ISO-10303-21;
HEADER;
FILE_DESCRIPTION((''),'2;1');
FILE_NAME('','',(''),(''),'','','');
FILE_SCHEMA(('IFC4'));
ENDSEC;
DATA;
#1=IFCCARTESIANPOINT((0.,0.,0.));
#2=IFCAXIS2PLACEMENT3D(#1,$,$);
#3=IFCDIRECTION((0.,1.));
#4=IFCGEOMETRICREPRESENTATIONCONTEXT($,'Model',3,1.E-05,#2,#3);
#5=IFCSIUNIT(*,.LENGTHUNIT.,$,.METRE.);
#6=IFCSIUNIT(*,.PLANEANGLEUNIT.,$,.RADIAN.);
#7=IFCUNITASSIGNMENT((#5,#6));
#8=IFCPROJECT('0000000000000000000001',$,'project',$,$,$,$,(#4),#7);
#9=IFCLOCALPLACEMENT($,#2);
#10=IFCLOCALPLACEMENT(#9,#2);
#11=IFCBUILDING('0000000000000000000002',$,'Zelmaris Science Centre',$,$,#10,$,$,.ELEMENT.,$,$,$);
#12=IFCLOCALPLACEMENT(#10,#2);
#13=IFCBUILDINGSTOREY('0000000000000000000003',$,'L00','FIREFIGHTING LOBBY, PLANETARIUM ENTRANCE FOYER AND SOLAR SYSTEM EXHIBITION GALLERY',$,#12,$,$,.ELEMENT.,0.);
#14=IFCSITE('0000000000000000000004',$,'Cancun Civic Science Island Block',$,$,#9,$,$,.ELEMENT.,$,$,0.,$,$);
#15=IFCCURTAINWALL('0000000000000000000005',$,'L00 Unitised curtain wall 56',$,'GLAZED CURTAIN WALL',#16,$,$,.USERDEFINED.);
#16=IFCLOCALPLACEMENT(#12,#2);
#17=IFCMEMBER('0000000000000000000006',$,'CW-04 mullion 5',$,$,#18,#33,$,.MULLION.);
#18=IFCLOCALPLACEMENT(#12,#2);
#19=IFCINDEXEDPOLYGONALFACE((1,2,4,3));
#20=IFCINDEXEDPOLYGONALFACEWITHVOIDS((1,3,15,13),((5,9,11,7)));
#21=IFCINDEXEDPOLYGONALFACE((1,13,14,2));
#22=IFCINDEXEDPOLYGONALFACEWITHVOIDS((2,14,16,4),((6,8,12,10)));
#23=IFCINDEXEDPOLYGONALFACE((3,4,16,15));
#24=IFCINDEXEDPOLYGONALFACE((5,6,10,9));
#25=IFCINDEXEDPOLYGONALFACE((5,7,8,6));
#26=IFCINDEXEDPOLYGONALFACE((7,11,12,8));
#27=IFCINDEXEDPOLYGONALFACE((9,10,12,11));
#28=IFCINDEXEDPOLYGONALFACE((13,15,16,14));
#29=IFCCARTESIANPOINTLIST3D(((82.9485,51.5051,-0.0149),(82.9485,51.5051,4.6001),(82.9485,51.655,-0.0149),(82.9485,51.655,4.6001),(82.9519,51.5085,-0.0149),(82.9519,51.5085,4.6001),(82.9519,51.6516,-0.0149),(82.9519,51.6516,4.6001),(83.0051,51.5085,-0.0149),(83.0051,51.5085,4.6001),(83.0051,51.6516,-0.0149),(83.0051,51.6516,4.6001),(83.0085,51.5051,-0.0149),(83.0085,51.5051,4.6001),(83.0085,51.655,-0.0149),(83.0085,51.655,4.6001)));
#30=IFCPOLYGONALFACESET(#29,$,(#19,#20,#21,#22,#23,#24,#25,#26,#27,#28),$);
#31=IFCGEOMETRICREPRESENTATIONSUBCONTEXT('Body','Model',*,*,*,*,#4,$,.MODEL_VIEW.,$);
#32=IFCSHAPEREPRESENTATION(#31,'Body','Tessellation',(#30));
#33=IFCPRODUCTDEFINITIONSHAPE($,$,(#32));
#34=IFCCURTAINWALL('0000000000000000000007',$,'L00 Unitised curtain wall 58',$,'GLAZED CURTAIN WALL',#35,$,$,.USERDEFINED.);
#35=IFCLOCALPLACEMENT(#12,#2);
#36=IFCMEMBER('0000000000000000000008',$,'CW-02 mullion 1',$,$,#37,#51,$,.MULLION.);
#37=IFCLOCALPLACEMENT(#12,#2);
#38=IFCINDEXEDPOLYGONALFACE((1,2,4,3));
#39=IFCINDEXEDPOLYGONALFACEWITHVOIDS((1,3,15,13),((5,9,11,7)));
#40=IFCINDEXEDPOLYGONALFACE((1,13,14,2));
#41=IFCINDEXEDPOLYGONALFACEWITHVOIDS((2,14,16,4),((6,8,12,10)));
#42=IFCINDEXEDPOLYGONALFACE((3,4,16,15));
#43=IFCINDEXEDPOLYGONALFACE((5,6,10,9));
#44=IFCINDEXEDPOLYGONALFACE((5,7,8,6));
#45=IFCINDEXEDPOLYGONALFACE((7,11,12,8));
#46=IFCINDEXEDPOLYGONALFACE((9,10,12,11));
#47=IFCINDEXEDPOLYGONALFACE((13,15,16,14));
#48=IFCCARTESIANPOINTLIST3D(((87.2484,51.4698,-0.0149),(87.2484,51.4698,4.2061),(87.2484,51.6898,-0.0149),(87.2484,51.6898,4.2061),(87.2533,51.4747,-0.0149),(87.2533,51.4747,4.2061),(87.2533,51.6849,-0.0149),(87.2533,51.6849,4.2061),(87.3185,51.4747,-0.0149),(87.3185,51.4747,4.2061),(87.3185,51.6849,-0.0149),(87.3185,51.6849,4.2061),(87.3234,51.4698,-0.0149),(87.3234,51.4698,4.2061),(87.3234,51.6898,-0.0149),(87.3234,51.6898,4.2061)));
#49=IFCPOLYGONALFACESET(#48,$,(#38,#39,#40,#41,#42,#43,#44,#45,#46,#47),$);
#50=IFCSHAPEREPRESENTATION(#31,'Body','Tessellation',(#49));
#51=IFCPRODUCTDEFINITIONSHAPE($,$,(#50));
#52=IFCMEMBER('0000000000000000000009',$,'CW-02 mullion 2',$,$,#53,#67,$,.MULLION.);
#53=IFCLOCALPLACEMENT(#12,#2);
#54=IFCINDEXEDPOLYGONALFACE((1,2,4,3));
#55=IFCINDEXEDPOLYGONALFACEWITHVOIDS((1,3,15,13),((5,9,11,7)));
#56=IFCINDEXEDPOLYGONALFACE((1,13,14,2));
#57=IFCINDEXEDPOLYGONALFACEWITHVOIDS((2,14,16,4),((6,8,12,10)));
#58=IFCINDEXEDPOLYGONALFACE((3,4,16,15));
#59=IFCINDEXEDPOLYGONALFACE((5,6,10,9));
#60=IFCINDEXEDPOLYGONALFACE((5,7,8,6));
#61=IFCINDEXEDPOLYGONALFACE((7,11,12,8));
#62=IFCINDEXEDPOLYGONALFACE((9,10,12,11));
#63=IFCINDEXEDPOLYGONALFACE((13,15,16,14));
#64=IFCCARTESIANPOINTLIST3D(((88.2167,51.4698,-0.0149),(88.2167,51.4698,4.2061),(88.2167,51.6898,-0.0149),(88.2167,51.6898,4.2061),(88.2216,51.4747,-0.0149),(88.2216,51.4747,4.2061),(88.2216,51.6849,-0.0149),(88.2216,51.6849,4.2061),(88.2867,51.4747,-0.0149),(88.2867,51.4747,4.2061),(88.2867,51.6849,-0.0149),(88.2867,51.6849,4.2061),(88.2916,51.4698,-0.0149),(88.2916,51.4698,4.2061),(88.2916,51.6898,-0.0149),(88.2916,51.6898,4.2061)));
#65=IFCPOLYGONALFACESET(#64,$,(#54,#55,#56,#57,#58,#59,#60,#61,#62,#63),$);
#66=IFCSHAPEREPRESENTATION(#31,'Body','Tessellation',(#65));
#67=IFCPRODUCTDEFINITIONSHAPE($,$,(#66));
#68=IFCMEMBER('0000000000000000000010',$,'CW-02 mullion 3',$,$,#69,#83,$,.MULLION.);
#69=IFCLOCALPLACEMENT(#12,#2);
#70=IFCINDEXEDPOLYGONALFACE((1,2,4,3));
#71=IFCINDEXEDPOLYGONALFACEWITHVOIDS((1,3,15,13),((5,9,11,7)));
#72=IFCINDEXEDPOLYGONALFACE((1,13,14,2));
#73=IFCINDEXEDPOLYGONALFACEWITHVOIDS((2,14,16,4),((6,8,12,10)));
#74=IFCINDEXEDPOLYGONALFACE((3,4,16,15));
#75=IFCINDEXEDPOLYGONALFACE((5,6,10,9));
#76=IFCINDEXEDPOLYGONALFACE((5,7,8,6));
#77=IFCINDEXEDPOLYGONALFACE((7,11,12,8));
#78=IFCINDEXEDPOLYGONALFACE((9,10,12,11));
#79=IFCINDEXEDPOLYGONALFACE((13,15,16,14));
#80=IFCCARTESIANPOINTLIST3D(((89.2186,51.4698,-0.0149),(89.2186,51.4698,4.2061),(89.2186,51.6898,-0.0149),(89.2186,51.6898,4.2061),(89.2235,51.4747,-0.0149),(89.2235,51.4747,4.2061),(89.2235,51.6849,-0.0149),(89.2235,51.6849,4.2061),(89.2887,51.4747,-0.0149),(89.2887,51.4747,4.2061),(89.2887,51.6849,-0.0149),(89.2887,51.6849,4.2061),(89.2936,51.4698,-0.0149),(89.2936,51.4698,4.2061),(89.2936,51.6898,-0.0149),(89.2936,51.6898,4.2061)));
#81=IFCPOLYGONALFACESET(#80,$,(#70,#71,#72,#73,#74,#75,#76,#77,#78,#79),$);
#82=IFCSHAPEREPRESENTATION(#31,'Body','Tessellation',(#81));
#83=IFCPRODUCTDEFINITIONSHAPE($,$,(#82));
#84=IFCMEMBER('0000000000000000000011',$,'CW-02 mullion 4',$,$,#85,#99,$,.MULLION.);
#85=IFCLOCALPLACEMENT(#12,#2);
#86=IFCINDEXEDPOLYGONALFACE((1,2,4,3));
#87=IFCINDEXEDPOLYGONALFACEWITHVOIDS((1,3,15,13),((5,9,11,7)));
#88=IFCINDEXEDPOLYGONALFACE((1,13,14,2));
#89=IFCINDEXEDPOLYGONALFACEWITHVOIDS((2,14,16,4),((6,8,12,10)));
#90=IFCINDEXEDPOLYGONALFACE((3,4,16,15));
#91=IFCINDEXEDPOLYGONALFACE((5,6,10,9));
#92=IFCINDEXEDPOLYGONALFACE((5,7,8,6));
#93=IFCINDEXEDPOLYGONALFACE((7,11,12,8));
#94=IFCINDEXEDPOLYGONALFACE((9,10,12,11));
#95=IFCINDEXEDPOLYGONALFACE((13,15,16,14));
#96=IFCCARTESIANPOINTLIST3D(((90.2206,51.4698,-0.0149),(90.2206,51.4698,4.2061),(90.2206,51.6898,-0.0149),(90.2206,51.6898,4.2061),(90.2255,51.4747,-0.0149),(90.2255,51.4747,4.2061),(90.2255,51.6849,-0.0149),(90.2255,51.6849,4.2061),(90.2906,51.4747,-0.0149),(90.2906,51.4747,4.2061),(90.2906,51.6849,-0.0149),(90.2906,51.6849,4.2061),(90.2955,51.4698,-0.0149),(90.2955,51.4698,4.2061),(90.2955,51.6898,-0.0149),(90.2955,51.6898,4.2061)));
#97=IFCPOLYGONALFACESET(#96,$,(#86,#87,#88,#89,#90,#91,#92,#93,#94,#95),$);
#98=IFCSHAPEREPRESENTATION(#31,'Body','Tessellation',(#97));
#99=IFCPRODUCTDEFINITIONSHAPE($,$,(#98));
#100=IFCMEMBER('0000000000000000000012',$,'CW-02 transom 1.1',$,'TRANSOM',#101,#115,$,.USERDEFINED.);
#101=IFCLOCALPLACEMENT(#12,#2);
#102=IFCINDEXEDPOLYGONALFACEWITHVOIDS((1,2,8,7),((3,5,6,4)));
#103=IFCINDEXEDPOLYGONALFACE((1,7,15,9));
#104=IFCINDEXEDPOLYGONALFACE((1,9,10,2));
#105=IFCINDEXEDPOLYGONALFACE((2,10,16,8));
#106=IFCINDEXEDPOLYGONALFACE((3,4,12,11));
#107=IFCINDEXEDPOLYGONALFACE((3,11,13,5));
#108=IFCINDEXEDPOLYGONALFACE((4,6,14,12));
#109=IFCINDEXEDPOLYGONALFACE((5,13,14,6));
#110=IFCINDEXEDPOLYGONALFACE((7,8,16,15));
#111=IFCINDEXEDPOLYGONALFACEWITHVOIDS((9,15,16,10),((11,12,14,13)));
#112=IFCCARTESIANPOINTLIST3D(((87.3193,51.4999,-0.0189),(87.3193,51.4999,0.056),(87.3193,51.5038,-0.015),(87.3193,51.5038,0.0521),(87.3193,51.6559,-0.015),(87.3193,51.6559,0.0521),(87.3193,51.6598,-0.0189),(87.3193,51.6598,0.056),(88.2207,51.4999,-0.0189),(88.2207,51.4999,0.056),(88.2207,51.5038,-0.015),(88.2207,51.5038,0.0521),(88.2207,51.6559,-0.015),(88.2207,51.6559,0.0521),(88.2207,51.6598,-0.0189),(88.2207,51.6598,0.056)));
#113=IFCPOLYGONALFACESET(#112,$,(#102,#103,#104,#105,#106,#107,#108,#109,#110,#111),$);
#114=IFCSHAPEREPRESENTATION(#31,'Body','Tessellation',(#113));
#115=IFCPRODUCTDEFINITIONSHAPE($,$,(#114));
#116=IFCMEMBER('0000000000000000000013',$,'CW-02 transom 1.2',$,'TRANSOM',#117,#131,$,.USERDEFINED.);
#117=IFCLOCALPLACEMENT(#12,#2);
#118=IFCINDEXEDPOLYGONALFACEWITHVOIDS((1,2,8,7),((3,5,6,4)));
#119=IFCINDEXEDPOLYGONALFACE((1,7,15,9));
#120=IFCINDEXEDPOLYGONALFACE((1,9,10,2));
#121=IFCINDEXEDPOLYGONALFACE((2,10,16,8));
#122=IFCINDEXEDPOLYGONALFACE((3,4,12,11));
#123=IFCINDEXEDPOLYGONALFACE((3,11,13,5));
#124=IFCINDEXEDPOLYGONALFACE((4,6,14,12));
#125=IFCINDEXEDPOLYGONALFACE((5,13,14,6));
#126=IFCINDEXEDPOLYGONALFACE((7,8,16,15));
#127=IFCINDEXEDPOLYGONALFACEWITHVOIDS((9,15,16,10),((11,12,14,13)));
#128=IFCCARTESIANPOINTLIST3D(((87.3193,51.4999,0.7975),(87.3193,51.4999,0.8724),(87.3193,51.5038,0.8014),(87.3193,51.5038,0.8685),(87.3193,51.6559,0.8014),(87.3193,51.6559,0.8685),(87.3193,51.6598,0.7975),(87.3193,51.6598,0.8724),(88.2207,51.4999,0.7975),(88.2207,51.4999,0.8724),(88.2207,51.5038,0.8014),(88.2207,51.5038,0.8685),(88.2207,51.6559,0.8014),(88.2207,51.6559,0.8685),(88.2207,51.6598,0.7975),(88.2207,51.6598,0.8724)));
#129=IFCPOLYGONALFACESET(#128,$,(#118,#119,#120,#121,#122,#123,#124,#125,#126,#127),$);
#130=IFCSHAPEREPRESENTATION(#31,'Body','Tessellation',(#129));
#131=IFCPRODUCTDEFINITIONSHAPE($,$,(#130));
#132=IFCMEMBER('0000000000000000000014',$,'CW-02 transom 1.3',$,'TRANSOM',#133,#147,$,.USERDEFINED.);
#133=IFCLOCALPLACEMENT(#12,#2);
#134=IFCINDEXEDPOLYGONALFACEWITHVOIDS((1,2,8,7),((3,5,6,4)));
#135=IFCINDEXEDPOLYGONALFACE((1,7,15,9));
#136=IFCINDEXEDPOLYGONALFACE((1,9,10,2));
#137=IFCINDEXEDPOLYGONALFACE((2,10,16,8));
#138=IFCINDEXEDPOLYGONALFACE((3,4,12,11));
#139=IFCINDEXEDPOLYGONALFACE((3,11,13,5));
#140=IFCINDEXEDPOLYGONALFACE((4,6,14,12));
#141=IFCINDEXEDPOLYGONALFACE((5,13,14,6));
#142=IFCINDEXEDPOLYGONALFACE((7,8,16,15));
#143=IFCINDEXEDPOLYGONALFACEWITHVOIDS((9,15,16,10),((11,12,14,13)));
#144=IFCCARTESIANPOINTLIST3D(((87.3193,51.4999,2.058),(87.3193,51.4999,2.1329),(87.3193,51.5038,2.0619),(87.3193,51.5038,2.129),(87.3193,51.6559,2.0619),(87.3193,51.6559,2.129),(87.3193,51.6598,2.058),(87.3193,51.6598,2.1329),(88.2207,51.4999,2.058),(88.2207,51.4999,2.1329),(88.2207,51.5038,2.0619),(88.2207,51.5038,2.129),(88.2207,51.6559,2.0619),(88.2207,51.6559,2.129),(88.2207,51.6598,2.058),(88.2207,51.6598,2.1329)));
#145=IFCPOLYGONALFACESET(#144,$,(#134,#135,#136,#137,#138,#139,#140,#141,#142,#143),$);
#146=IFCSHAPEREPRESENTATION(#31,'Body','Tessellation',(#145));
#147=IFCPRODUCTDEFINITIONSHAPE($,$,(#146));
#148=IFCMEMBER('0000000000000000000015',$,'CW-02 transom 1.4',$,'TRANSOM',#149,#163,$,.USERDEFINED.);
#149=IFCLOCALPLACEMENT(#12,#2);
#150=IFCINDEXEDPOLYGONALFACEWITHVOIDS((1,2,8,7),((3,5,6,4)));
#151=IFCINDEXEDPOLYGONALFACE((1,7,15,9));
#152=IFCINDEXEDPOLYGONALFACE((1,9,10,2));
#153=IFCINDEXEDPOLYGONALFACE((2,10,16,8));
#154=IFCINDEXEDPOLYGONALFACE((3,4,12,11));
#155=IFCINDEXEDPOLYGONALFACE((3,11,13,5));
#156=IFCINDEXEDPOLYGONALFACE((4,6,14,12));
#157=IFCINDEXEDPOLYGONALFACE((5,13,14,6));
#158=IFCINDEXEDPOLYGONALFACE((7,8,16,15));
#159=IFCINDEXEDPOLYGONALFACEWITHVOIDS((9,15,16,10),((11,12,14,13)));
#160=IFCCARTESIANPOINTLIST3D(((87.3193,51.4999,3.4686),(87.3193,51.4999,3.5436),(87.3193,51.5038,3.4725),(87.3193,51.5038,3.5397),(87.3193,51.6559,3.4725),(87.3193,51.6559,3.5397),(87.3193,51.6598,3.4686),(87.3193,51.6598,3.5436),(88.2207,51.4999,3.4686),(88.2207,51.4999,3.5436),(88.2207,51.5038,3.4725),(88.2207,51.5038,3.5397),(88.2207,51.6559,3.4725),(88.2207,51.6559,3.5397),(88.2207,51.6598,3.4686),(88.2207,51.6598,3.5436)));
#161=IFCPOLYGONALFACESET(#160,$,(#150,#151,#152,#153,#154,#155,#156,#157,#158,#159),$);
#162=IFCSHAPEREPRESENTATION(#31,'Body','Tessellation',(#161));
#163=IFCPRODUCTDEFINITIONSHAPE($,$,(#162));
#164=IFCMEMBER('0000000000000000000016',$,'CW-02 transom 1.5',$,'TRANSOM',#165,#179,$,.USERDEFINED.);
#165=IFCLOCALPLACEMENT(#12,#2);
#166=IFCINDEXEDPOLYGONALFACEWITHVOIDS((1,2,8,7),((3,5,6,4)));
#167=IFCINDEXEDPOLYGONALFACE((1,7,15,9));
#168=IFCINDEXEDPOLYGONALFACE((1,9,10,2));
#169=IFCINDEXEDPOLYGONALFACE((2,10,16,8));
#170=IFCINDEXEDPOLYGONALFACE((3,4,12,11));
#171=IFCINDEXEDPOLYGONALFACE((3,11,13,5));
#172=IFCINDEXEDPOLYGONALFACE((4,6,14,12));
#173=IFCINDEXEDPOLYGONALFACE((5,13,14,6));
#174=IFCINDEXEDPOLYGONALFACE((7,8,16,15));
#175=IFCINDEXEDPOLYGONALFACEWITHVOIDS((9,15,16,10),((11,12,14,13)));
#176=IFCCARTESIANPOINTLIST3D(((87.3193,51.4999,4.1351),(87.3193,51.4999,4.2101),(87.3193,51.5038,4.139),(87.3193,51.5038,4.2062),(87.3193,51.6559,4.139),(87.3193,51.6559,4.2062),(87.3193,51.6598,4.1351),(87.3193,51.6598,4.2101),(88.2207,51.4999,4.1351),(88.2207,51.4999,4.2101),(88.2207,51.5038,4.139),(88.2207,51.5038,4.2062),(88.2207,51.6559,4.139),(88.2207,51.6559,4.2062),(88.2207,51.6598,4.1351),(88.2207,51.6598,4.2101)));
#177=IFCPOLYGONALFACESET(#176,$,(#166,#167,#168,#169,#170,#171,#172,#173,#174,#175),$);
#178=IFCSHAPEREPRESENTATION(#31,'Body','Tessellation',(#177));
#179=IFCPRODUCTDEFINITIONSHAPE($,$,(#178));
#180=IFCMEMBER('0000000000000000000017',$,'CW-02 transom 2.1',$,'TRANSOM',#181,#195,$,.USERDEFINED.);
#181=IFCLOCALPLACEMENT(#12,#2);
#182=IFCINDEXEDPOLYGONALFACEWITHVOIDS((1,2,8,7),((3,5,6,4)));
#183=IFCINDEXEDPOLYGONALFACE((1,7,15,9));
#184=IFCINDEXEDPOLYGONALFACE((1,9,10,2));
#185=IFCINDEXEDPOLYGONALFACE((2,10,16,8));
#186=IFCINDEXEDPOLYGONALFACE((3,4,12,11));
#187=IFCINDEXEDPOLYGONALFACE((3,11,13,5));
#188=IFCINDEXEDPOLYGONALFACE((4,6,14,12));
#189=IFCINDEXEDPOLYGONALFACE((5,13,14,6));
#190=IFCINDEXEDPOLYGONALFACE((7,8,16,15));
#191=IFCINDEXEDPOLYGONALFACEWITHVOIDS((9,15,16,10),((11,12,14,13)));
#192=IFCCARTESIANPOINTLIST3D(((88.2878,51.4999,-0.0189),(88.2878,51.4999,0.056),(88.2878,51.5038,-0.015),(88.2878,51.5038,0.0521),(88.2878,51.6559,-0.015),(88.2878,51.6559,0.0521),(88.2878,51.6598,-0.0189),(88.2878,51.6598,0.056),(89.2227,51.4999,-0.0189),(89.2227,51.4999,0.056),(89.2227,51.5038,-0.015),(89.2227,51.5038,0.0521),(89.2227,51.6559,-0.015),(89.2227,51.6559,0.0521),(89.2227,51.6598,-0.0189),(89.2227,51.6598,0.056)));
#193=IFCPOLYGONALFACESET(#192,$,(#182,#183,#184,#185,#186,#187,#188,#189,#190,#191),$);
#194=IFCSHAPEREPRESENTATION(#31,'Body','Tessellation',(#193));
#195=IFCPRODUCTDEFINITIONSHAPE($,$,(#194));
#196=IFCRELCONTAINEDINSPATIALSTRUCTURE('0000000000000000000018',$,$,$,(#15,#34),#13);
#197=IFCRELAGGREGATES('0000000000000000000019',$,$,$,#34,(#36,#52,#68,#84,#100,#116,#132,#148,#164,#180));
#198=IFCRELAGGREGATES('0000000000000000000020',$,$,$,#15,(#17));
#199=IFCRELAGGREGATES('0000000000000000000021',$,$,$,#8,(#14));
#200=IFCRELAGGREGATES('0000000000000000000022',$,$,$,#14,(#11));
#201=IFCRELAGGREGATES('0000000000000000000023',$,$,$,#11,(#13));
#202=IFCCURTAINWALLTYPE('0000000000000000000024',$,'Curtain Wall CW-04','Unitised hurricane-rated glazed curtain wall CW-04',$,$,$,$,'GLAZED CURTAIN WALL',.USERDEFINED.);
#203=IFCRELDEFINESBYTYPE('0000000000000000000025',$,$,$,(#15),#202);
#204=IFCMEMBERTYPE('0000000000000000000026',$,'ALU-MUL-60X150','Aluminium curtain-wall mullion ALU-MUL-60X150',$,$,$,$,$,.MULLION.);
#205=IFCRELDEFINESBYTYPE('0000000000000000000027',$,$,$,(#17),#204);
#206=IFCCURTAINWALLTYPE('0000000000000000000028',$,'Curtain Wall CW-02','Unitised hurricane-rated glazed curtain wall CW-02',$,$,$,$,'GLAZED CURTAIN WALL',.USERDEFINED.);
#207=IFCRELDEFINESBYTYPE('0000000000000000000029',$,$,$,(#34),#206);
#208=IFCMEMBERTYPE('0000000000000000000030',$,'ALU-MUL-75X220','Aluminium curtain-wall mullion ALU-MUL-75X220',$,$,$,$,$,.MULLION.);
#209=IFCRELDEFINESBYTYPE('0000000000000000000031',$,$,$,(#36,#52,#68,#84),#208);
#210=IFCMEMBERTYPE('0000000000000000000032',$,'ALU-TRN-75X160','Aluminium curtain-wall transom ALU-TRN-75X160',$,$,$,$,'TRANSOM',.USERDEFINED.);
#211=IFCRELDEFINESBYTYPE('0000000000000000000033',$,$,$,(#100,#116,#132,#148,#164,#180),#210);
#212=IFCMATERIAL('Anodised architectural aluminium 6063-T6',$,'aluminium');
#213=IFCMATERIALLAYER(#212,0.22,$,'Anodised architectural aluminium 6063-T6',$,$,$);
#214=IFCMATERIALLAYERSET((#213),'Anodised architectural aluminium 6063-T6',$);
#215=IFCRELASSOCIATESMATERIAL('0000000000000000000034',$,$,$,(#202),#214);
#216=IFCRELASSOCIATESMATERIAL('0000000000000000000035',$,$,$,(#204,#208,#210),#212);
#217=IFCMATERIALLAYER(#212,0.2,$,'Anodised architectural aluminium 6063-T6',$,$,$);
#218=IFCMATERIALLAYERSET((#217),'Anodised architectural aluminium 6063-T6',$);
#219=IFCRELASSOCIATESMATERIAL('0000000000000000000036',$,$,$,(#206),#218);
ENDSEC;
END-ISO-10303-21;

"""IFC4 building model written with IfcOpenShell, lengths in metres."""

from ifc_helpers import new_model, si_unit, direction, frame, origin, origin_2d, place, context, subcontext, project, spatial, hollow_rectangle, extrude, material, layer, layer_set, material_profile, profile_set, type_object, element, aggregate, save


model = new_model("IFC4")

# Units and contexts
model_context = context("Model", 3, precision=1e-05, world=origin(), true_north=direction((0.0, 1.0)))
body_context = subcontext(model_context, "Body", "Model", "MODEL_VIEW")
ifc_project = project(units=[si_unit("LENGTHUNIT", "METRE"), si_unit("PLANEANGLEUNIT", "RADIAN")], contexts=[model_context])

# Site, building, storey
site_placement = place(None, origin())
site = spatial("IfcSite", under=ifc_project, at=site_placement, Name="Cancun Civic Science Island Block", CompositionType="ELEMENT", RefElevation=0.0)
building_placement = place(site_placement, origin())
building = spatial("IfcBuilding", under=site, at=building_placement, Name="Zelmaris Science Centre", CompositionType="ELEMENT")
storey_placement = place(building_placement, origin())
storey = spatial("IfcBuildingStorey", under=building, at=storey_placement, Name="L00", Description="FIREFIGHTING LOBBY, PLANETARIUM ENTRANCE FOYER AND SOLAR SYSTEM EXHIBITION GALLERY", CompositionType="ELEMENT", Elevation=0.0)

# Curtain wall, member
ifc_material_1 = material(Name="Anodised architectural aluminium 6063-T6", Category="aluminium")
ifc_layer_1 = layer(ifc_material_1, 0.22, Name="Anodised architectural aluminium 6063-T6")
ifc_layer_set_1 = layer_set([ifc_layer_1], Name="Anodised architectural aluminium 6063-T6")
curtain_wall_type_1 = type_object("IfcCurtainWallType", Name="Curtain Wall CW-04", Description="Unitised hurricane-rated glazed curtain wall CW-04", ElementType="GLAZED CURTAIN WALL", PredefinedType="USERDEFINED", material=ifc_layer_set_1)
curtain_wall_1_placement = place(storey_placement, origin())
curtain_wall_1 = element("IfcCurtainWall", 1, at=curtain_wall_1_placement, inside=storey, type_object=curtain_wall_type_1, Name="L00 Unitised curtain wall 56", ObjectType="GLAZED CURTAIN WALL", PredefinedType="USERDEFINED")
ifc_material_profile_1 = material_profile(ifc_material_1, hollow_rectangle(XDim=0.0601, YDim=0.1499, WallThickness=0.0034, at=origin_2d()), Name="ALU-MUL-60X150")
ifc_profile_set_1 = profile_set([ifc_material_profile_1], Name="Anodised architectural aluminium 6063-T6")
member_type_1 = type_object("IfcMemberType", Name="ALU-MUL-60X150", Description="Aluminium curtain-wall mullion ALU-MUL-60X150", PredefinedType="MULLION", material=ifc_profile_set_1)
member_1_placement = place(storey_placement, frame((82.9785, 51.5801, -0.0149), z_axis=(0.0, 0.0, 1.0), x_axis=(1.0, -0.000003, 0.0)))
member_1 = element("IfcMember", 2, at=member_1_placement, type_object=member_type_1, Name="CW-04 mullion 5", PredefinedType="MULLION", context=body_context, shape_type="SweptSolid", body=[
    extrude(hollow_rectangle(XDim=0.0601, YDim=0.1499, WallThickness=0.0034, at=origin_2d()), origin(), (0.0, 0.0, 1.0), 4.615),
])

# Curtain wall, members
ifc_layer_2 = layer(ifc_material_1, 0.2, Name="Anodised architectural aluminium 6063-T6")
ifc_layer_set_2 = layer_set([ifc_layer_2], Name="Anodised architectural aluminium 6063-T6")
curtain_wall_type_2 = type_object("IfcCurtainWallType", Name="Curtain Wall CW-02", Description="Unitised hurricane-rated glazed curtain wall CW-02", ElementType="GLAZED CURTAIN WALL", PredefinedType="USERDEFINED", material=ifc_layer_set_2)
curtain_wall_2_placement = place(storey_placement, origin())
curtain_wall_2 = element("IfcCurtainWall", 3, at=curtain_wall_2_placement, inside=storey, type_object=curtain_wall_type_2, Name="L00 Unitised curtain wall 58", ObjectType="GLAZED CURTAIN WALL", PredefinedType="USERDEFINED")
ifc_material_profile_2 = material_profile(ifc_material_1, hollow_rectangle(XDim=0.075, YDim=0.22, WallThickness=0.0049, at=origin_2d()), Name="ALU-MUL-75X220")
ifc_profile_set_2 = profile_set([ifc_material_profile_2], Name="Anodised architectural aluminium 6063-T6")
member_type_2 = type_object("IfcMemberType", Name="ALU-MUL-75X220", Description="Aluminium curtain-wall mullion ALU-MUL-75X220", PredefinedType="MULLION", material=ifc_profile_set_2)
member_2_placement = place(storey_placement, frame((87.2859, 51.5798, -0.0149), z_axis=(0.0, 0.0, 1.0), x_axis=(1.0, -0.000003, 0.0)))
member_2 = element("IfcMember", 4, at=member_2_placement, type_object=member_type_2, Name="CW-02 mullion 1", PredefinedType="MULLION", context=body_context, shape_type="SweptSolid", body=[
    extrude(hollow_rectangle(XDim=0.075, YDim=0.22, WallThickness=0.0049, at=origin_2d()), origin(), (0.0, 0.0, 1.0), 4.2209),
])
member_3_placement = place(storey_placement, frame((88.2542, 51.5798, -0.0149), z_axis=(0.0, 0.0, 1.0), x_axis=(1.0, -0.000003, 0.0)))
member_3 = element("IfcMember", 5, at=member_3_placement, type_object=member_type_2, Name="CW-02 mullion 2", PredefinedType="MULLION", context=body_context, shape_type="SweptSolid", body=[
    extrude(hollow_rectangle(XDim=0.075, YDim=0.22, WallThickness=0.0049, at=origin_2d()), origin(), (0.0, 0.0, 1.0), 4.2209),
])
member_4_placement = place(storey_placement, frame((89.2561, 51.5798, -0.0149), z_axis=(0.0, 0.0, 1.0), x_axis=(1.0, -0.000003, 0.0)))
member_4 = element("IfcMember", 6, at=member_4_placement, type_object=member_type_2, Name="CW-02 mullion 3", PredefinedType="MULLION", context=body_context, shape_type="SweptSolid", body=[
    extrude(hollow_rectangle(XDim=0.075, YDim=0.22, WallThickness=0.0049, at=origin_2d()), origin(), (0.0, 0.0, 1.0), 4.2209),
])
member_5_placement = place(storey_placement, frame((90.2581, 51.5798, -0.0149), z_axis=(0.0, 0.0, 1.0), x_axis=(1.0, -0.000003, 0.0)))
member_5 = element("IfcMember", 7, at=member_5_placement, type_object=member_type_2, Name="CW-02 mullion 4", PredefinedType="MULLION", context=body_context, shape_type="SweptSolid", body=[
    extrude(hollow_rectangle(XDim=0.075, YDim=0.22, WallThickness=0.0049, at=origin_2d()), origin(), (0.0, 0.0, 1.0), 4.2209),
])
ifc_material_profile_3 = material_profile(ifc_material_1, hollow_rectangle(XDim=0.075, YDim=0.1599, WallThickness=0.0039, at=origin_2d()), Name="ALU-TRN-75X160")
ifc_profile_set_3 = profile_set([ifc_material_profile_3], Name="Anodised architectural aluminium 6063-T6")
member_type_3 = type_object("IfcMemberType", Name="ALU-TRN-75X160", Description="Aluminium curtain-wall transom ALU-TRN-75X160", ElementType="TRANSOM", PredefinedType="USERDEFINED", material=ifc_profile_set_3)
member_6_placement = place(storey_placement, frame((87.3193, 51.5798, 0.0186), z_axis=(1.0, 0.0, 0.0), x_axis=(0.0, 0.0, 1.0)))
member_6 = element("IfcMember", 8, at=member_6_placement, type_object=member_type_3, Name="CW-02 transom 1.1", ObjectType="TRANSOM", PredefinedType="USERDEFINED", context=body_context, shape_type="SweptSolid", body=[
    extrude(hollow_rectangle(XDim=0.075, YDim=0.1599, WallThickness=0.0039, at=origin_2d()), origin(), (0.0, 0.0, 1.0), 0.9014),
])
member_7_placement = place(storey_placement, frame((87.3193, 51.5798, 0.835), z_axis=(1.0, 0.0, 0.0), x_axis=(0.0, 0.0, 1.0)))
member_7 = element("IfcMember", 9, at=member_7_placement, type_object=member_type_3, Name="CW-02 transom 1.2", ObjectType="TRANSOM", PredefinedType="USERDEFINED", context=body_context, shape_type="SweptSolid", body=[
    extrude(hollow_rectangle(XDim=0.075, YDim=0.1599, WallThickness=0.0039, at=origin_2d()), origin(), (0.0, 0.0, 1.0), 0.9014),
])
member_8_placement = place(storey_placement, frame((87.3193, 51.5798, 2.0955), z_axis=(1.0, 0.0, 0.0), x_axis=(0.0, 0.0, 1.0)))
member_8 = element("IfcMember", 10, at=member_8_placement, type_object=member_type_3, Name="CW-02 transom 1.3", ObjectType="TRANSOM", PredefinedType="USERDEFINED", context=body_context, shape_type="SweptSolid", body=[
    extrude(hollow_rectangle(XDim=0.075, YDim=0.1599, WallThickness=0.0039, at=origin_2d()), origin(), (0.0, 0.0, 1.0), 0.9014),
])
member_9_placement = place(storey_placement, frame((87.3193, 51.5798, 3.5061), z_axis=(1.0, 0.0, 0.0), x_axis=(0.0, 0.0, 1.0)))
member_9 = element("IfcMember", 11, at=member_9_placement, type_object=member_type_3, Name="CW-02 transom 1.4", ObjectType="TRANSOM", PredefinedType="USERDEFINED", context=body_context, shape_type="SweptSolid", body=[
    extrude(hollow_rectangle(XDim=0.075, YDim=0.1599, WallThickness=0.0039, at=origin_2d()), origin(), (0.0, 0.0, 1.0), 0.9014),
])
member_10_placement = place(storey_placement, frame((87.3193, 51.5798, 4.1726), z_axis=(1.0, 0.0, 0.0), x_axis=(0.0, 0.0, 1.0)))
member_10 = element("IfcMember", 12, at=member_10_placement, type_object=member_type_3, Name="CW-02 transom 1.5", ObjectType="TRANSOM", PredefinedType="USERDEFINED", context=body_context, shape_type="SweptSolid", body=[
    extrude(hollow_rectangle(XDim=0.075, YDim=0.1599, WallThickness=0.0039, at=origin_2d()), origin(), (0.0, 0.0, 1.0), 0.9014),
])
member_11_placement = place(storey_placement, frame((88.2878, 51.5798, 0.0186), z_axis=(1.0, 0.0, 0.0), x_axis=(0.0, 0.0, 1.0)))
member_11 = element("IfcMember", 13, at=member_11_placement, type_object=member_type_3, Name="CW-02 transom 2.1", ObjectType="TRANSOM", PredefinedType="USERDEFINED", context=body_context, shape_type="SweptSolid", body=[
    extrude(hollow_rectangle(XDim=0.075, YDim=0.1599, WallThickness=0.0039, at=origin_2d()), origin(), (0.0, 0.0, 1.0), 0.9348),
])
aggregate(curtain_wall_2, [member_2, member_3, member_4, member_5, member_6, member_7, member_8, member_9, member_10, member_11])

aggregate(curtain_wall_1, [member_1])

save(model, "model.ifc")
